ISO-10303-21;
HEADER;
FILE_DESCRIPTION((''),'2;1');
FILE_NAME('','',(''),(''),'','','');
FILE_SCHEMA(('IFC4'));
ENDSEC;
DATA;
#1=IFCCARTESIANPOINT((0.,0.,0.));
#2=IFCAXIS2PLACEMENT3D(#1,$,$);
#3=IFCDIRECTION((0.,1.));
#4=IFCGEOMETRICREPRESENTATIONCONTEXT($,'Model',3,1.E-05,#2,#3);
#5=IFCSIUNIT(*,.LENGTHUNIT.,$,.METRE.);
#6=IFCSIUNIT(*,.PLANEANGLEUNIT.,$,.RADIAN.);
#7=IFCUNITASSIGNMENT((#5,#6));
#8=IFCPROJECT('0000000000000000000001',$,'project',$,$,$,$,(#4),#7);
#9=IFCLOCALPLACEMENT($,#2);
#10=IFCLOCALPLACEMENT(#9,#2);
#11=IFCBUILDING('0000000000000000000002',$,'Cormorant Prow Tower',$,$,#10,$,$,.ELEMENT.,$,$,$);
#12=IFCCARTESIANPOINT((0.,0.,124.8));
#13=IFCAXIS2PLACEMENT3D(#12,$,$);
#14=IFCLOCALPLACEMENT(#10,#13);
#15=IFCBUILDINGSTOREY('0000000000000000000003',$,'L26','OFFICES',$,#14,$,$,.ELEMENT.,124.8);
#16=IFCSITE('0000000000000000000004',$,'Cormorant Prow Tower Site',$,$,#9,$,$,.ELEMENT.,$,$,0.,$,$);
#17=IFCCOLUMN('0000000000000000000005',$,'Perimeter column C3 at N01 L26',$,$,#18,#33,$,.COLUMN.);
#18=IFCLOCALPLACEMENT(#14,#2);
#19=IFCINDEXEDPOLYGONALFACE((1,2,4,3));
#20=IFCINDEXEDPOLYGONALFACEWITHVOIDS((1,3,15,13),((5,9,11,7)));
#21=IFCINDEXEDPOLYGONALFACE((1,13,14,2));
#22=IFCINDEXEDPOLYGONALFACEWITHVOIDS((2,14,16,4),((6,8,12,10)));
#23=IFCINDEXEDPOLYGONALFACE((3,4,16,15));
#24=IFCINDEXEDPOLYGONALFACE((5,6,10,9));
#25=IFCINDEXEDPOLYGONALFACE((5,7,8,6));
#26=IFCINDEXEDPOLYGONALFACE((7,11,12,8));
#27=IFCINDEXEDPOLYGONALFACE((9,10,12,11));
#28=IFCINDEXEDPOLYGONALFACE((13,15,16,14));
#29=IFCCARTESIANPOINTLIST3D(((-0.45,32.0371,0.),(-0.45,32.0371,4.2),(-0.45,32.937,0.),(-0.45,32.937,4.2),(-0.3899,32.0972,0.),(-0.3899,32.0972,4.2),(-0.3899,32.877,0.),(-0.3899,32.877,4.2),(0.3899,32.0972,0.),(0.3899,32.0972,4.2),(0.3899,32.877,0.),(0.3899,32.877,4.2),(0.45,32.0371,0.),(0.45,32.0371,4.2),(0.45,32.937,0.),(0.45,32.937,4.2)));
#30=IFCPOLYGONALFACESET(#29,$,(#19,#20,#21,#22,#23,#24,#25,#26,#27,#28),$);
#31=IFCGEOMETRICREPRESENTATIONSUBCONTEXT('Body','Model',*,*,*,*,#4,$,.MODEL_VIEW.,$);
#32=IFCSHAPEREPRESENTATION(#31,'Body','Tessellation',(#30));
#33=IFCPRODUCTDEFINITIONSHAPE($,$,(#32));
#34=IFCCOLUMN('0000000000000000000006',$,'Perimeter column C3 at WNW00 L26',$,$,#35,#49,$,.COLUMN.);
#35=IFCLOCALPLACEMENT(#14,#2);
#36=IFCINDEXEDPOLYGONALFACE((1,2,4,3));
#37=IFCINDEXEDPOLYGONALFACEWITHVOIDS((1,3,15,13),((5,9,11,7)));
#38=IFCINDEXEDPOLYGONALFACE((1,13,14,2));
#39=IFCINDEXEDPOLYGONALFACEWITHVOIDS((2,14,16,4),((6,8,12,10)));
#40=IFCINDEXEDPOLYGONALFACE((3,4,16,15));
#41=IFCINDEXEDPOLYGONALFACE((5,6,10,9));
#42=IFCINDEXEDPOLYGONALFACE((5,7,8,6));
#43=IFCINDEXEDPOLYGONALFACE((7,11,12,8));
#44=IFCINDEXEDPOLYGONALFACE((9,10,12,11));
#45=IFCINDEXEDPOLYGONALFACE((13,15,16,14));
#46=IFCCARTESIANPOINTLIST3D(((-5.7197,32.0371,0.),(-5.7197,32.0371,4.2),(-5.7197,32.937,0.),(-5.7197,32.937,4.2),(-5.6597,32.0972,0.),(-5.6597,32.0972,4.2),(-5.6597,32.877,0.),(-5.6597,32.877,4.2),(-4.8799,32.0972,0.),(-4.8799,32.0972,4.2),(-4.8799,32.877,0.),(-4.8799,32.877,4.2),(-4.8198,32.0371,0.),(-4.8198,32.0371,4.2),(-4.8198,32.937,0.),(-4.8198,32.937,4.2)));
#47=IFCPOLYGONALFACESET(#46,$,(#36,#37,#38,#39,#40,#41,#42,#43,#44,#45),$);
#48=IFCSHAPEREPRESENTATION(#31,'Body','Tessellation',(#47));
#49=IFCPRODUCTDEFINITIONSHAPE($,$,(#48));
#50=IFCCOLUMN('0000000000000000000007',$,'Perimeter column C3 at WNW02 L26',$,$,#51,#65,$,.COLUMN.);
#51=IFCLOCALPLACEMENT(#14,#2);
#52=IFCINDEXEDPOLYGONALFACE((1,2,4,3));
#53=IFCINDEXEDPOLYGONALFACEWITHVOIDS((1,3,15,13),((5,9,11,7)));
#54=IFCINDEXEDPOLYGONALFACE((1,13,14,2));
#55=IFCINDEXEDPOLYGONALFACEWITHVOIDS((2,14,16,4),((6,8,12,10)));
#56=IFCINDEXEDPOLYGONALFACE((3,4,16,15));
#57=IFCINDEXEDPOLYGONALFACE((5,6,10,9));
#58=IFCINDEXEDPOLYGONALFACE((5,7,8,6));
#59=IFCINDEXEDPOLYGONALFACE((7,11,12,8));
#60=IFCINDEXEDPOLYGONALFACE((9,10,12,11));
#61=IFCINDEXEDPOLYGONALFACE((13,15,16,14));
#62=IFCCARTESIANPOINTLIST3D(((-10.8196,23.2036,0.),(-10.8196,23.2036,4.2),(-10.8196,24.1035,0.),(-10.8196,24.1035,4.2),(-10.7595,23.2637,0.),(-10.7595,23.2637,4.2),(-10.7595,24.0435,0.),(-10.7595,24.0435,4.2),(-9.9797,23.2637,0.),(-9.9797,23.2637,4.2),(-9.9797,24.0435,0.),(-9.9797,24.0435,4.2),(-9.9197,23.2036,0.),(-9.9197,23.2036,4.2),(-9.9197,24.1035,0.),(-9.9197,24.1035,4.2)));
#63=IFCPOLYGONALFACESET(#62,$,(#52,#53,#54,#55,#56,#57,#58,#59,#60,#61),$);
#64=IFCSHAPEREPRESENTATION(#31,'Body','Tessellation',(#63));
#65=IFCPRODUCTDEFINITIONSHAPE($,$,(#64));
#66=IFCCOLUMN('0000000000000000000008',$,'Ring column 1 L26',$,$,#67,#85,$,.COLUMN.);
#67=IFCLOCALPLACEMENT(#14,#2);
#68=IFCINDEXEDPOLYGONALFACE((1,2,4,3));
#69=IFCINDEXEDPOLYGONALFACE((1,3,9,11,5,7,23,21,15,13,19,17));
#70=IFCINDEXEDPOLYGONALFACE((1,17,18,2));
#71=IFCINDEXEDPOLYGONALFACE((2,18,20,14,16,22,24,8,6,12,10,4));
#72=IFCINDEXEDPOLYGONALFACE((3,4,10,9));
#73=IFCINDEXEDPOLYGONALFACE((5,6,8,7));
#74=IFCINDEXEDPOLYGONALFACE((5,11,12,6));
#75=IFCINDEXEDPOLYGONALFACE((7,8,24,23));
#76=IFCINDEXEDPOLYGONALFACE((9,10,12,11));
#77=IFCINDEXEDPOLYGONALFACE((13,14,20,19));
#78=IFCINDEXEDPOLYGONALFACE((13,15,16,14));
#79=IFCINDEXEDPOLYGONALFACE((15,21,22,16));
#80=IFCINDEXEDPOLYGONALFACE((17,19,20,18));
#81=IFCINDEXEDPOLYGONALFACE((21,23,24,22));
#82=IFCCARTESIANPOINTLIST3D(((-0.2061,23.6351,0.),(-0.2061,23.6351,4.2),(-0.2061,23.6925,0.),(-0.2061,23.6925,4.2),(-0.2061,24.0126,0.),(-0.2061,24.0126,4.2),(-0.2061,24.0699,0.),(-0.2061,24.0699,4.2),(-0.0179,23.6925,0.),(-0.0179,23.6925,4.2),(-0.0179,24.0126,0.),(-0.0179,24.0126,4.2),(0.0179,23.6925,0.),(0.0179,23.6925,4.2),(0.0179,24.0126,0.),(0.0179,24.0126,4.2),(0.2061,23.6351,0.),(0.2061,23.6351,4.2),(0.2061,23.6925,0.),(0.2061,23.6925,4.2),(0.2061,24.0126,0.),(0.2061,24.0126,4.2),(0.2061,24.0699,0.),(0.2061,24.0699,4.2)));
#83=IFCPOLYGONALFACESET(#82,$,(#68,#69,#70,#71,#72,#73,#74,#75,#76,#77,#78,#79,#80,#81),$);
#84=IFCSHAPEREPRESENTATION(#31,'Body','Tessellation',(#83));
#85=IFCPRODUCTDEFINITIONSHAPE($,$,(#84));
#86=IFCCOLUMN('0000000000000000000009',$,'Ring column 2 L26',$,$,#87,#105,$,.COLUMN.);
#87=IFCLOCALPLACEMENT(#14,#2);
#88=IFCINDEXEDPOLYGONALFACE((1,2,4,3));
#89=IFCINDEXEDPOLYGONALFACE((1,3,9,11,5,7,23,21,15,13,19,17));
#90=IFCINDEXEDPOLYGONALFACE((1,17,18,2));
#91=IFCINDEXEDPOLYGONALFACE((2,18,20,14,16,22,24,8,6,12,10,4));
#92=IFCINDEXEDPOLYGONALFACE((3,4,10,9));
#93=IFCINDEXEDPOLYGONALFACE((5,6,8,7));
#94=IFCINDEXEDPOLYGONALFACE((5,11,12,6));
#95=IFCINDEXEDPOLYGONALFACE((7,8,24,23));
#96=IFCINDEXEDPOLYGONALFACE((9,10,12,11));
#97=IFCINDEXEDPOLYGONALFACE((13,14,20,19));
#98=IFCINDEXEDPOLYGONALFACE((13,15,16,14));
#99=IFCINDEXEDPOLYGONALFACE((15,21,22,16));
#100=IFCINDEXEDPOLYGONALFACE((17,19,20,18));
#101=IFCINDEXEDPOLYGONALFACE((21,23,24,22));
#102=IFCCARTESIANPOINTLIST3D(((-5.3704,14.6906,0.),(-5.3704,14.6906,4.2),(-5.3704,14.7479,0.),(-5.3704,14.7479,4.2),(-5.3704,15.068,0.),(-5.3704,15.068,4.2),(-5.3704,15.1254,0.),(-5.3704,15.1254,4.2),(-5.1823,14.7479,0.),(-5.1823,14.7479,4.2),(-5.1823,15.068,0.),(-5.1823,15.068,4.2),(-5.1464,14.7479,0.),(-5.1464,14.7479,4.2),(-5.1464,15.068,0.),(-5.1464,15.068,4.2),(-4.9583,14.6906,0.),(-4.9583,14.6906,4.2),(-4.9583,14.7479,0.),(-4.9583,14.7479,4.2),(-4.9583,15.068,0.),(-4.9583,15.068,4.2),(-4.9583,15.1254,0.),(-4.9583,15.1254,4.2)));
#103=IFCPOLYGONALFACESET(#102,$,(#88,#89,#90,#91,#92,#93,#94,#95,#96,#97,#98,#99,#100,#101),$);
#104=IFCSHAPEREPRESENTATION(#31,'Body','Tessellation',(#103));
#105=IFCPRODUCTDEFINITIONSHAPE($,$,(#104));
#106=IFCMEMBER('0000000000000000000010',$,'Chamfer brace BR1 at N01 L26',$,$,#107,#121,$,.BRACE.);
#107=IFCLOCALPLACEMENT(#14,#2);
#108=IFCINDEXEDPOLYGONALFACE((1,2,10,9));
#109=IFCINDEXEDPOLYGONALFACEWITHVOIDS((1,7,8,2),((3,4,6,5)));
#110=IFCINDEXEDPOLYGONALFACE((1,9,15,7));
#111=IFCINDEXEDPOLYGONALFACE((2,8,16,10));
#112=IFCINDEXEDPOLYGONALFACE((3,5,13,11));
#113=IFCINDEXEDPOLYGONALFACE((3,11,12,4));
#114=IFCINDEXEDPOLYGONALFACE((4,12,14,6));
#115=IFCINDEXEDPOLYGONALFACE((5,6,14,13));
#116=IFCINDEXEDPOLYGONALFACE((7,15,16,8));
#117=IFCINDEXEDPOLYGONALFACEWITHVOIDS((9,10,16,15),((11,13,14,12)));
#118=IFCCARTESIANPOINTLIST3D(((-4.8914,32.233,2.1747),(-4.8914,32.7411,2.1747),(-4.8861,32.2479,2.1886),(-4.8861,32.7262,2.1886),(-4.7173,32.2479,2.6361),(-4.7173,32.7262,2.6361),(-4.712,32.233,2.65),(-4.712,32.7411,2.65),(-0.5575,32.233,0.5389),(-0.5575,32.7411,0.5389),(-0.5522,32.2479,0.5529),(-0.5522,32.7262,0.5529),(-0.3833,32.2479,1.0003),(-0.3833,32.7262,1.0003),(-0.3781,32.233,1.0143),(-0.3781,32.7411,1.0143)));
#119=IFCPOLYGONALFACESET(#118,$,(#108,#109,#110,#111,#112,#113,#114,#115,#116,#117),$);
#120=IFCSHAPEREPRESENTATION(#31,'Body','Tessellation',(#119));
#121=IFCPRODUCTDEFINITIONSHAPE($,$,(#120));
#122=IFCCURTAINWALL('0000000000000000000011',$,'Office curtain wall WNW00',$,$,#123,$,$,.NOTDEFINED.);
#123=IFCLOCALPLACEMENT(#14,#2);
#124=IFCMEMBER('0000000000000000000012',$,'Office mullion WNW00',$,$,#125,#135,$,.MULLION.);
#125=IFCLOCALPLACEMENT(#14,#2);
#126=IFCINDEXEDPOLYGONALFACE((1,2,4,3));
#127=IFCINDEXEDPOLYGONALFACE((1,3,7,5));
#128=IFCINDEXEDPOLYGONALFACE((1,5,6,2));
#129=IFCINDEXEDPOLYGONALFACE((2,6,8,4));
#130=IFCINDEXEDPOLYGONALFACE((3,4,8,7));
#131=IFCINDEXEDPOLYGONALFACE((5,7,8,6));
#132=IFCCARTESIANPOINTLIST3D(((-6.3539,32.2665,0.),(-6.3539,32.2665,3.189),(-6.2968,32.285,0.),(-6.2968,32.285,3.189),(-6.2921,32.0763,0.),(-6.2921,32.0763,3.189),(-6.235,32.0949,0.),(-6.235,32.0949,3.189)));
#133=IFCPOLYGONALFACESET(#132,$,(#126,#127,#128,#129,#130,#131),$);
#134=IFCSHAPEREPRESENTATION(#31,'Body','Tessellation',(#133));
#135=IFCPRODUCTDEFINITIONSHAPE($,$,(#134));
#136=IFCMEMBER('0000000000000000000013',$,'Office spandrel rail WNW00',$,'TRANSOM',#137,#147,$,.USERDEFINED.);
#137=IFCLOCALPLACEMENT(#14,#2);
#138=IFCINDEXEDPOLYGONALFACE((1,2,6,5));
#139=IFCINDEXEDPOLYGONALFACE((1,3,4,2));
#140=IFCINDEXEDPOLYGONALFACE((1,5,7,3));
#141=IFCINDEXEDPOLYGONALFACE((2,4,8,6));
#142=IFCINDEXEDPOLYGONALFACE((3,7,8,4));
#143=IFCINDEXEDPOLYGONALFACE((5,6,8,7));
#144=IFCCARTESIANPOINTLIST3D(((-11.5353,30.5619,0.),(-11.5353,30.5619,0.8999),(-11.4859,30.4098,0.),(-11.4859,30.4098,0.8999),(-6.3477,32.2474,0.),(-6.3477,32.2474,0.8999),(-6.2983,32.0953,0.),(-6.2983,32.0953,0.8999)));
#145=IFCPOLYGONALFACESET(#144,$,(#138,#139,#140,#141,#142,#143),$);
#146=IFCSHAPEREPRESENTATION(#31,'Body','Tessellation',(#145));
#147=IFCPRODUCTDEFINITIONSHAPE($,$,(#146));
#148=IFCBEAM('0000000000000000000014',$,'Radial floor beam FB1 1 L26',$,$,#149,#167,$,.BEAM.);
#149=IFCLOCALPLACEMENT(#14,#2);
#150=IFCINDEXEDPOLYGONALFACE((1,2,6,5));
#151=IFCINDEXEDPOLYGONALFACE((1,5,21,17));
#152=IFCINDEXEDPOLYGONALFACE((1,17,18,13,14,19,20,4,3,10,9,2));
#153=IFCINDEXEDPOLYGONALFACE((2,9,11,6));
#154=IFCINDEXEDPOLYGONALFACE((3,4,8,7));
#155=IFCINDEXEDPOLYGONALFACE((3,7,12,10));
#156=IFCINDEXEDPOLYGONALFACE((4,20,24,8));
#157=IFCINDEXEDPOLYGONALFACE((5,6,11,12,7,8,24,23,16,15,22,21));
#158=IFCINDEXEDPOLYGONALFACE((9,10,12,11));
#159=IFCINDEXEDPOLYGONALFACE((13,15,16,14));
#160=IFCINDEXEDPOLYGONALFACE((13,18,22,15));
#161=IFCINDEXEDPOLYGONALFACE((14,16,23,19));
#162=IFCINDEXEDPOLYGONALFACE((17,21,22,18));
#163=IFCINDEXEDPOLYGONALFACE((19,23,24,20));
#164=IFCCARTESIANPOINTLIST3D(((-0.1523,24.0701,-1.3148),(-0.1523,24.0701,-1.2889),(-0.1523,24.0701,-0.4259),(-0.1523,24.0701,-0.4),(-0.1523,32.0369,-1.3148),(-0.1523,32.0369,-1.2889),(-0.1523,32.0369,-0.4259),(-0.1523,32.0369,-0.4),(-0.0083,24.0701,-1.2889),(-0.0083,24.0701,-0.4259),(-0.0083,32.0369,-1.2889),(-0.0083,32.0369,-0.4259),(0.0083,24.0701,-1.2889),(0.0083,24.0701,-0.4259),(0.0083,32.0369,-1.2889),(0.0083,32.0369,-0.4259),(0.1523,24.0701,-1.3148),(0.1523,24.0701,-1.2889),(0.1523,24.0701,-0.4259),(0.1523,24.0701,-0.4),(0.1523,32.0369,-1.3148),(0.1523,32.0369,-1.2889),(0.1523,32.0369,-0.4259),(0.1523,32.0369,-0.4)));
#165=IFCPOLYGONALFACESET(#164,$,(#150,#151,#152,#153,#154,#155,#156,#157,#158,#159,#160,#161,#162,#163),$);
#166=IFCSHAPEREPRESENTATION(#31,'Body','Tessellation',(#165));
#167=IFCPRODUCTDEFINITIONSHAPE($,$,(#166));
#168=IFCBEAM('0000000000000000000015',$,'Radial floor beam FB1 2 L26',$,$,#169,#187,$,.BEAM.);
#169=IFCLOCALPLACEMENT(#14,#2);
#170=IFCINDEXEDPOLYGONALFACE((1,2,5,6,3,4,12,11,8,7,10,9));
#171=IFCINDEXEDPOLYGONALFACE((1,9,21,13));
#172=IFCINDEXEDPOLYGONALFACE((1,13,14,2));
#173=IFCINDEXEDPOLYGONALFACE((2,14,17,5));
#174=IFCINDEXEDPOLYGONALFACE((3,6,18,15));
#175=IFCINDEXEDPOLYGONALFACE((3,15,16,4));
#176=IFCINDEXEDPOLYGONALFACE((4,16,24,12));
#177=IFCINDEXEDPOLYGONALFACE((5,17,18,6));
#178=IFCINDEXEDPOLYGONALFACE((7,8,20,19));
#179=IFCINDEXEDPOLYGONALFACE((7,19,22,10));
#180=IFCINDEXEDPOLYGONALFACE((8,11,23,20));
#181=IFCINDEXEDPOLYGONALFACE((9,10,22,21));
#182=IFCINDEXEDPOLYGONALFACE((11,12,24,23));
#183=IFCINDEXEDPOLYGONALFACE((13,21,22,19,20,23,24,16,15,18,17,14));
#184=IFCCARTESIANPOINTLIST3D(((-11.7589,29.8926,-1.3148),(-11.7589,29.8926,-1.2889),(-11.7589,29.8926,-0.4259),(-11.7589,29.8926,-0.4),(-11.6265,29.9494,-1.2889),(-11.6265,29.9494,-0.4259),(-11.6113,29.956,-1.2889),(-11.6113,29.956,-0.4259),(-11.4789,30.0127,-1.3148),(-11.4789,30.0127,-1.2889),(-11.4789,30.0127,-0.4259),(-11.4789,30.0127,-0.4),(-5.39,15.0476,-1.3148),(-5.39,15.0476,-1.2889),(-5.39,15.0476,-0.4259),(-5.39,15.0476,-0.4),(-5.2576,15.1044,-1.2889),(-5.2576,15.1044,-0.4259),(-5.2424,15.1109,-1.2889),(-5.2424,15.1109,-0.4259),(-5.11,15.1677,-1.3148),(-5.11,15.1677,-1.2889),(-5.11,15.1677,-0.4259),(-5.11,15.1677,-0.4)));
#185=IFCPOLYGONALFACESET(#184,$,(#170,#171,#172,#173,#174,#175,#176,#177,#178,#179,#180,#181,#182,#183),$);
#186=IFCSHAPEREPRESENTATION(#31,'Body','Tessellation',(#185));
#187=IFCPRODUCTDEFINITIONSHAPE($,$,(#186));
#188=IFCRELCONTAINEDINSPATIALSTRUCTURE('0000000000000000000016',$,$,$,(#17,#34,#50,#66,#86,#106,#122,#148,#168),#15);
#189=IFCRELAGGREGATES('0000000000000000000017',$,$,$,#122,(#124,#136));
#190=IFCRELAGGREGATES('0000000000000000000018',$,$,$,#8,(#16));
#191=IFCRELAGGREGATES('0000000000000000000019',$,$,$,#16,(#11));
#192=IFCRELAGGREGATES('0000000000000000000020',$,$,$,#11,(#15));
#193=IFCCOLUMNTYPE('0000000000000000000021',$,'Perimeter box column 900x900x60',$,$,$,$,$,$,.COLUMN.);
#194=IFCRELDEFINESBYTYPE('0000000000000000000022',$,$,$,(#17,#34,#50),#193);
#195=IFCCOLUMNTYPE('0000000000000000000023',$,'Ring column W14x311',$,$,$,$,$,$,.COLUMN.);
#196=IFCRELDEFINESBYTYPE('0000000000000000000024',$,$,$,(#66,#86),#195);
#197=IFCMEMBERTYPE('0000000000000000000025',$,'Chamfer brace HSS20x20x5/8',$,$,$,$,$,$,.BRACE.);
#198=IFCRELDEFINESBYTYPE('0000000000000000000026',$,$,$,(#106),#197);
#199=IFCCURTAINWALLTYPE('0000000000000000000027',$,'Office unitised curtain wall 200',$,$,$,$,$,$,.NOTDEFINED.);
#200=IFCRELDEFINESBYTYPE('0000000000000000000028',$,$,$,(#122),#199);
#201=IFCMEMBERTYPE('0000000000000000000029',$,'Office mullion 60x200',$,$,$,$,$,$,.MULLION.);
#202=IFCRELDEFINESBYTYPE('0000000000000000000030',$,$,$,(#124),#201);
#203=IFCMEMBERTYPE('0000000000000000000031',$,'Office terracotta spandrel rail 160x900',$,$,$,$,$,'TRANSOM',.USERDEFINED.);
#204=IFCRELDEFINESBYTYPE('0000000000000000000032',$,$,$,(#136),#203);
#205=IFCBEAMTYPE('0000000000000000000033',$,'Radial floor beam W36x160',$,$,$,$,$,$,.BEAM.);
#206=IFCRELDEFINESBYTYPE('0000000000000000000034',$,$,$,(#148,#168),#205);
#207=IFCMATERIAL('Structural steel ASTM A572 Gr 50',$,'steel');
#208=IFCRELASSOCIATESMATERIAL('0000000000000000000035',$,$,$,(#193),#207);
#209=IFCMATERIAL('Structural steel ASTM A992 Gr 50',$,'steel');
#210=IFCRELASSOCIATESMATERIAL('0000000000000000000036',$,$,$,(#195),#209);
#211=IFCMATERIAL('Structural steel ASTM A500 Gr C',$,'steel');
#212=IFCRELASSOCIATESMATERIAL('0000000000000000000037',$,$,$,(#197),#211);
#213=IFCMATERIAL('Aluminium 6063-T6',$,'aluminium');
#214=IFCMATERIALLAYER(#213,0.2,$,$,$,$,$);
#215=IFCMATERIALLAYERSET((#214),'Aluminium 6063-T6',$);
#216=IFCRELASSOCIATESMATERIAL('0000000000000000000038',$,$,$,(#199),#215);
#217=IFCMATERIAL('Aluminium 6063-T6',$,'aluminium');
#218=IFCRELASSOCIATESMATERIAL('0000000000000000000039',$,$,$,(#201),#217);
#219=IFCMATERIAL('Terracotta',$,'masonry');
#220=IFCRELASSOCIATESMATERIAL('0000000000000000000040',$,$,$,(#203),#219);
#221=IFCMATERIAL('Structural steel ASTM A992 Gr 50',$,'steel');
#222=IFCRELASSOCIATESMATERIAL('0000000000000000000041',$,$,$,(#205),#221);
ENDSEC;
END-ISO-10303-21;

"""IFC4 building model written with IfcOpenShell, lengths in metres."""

from ifc_helpers import new_model, si_unit, direction, frame, origin, origin_2d, place, context, subcontext, project, spatial, rectangle, hollow_rectangle, i_section, extrude, material, layer, layer_set, material_profile, profile_set, type_object, element, aggregate, save


model = new_model("IFC4")

# Units and contexts
model_context = context("Model", 3, precision=1e-05, world=origin(), true_north=direction((0.0, 1.0)))
body_context = subcontext(model_context, "Body", "Model", "MODEL_VIEW")
ifc_project = project(units=[si_unit("LENGTHUNIT", "METRE"), si_unit("PLANEANGLEUNIT", "RADIAN")], contexts=[model_context])

# Site, building, storey
site_placement = place(None, origin())
site = spatial("IfcSite", under=ifc_project, at=site_placement, Name="Cormorant Prow Tower Site", CompositionType="ELEMENT", RefElevation=0.0)
building_placement = place(site_placement, origin())
building = spatial("IfcBuilding", under=site, at=building_placement, Name="Cormorant Prow Tower", CompositionType="ELEMENT")
storey_placement = place(building_placement, frame((0.0, 0.0, 124.8)))
storey = spatial("IfcBuildingStorey", under=building, at=storey_placement, Name="L26", Description="OFFICES", CompositionType="ELEMENT", Elevation=124.8)

# Columns
ifc_material_1 = material(Name="Structural steel ASTM A572 Gr 50", Category="steel")
ifc_material_profile_1 = material_profile(ifc_material_1, hollow_rectangle(XDim=0.8999, YDim=0.8999, WallThickness=0.0601, at=origin_2d()), Name="Box 900x900x60")
ifc_profile_set_1 = profile_set([ifc_material_profile_1], Name="Structural steel ASTM A572 Gr 50")
column_type_1 = type_object("IfcColumnType", Name="Perimeter box column 900x900x60", PredefinedType="COLUMN", material=ifc_profile_set_1)
for number, where, z_axis, x_axis, name in (
    (1, (0.0, 32.4871, 0.0), (0.0, 0.0, 1.0), (1.0, 0.0, 0.0), "Perimeter column C3 at N01 L26"),
    (2, (-5.2698, 32.4871, 0.0), (0.0, 0.0, 1.0), (1.0, 0.0, 0.0), "Perimeter column C3 at WNW00 L26"),
    (3, (-10.3696, 23.6536, 0.0), (0.0, 0.0, 1.0), (1.0, 0.0, 0.0), "Perimeter column C3 at WNW02 L26"),
):
    element("IfcColumn", number, at=place(storey_placement, frame(where, z_axis=z_axis, x_axis=x_axis)), inside=storey, type_object=column_type_1, Name=name, PredefinedType="COLUMN", context=body_context, shape_type="SweptSolid", body=[
        extrude(hollow_rectangle(XDim=0.8999, YDim=0.8999, WallThickness=0.0601, at=origin_2d()), origin(), (0.0, 0.0, 1.0), 4.2),
    ])
ifc_material_2 = material(Name="Structural steel ASTM A992 Gr 50", Category="steel")
ifc_material_profile_2 = material_profile(ifc_material_2, i_section(OverallWidth=0.4121, OverallDepth=0.4348, WebThickness=0.0359, FlangeThickness=0.0574, at=origin_2d()), Name="W14x311")
ifc_profile_set_2 = profile_set([ifc_material_profile_2], Name="Structural steel ASTM A992 Gr 50")
column_type_2 = type_object("IfcColumnType", Name="Ring column W14x311", PredefinedType="COLUMN", material=ifc_profile_set_2)
for number, where, z_axis, x_axis, name in (
    (4, (0.0, 23.8525, 0.0), (0.0, 0.0, 1.0), (1.0, 0.0, 0.0), "Ring column 1 L26"),
    (5, (-5.1643, 14.908, 0.0), (0.0, 0.0, 1.0), (1.0, 0.0, 0.0), "Ring column 2 L26"),
):
    element("IfcColumn", number, at=place(storey_placement, frame(where, z_axis=z_axis, x_axis=x_axis)), inside=storey, type_object=column_type_2, Name=name, PredefinedType="COLUMN", context=body_context, shape_type="SweptSolid", body=[
        extrude(i_section(OverallWidth=0.4121, OverallDepth=0.4348, WebThickness=0.0359, FlangeThickness=0.0574, at=origin_2d()), origin(), (0.0, 0.0, 1.0), 4.2),
    ])

# Member
ifc_material_3 = material(Name="Structural steel ASTM A500 Gr C", Category="steel")
ifc_material_profile_3 = material_profile(ifc_material_3, hollow_rectangle(XDim=0.5081, YDim=0.5081, WallThickness=0.0149, at=origin_2d()), Name="HSS20x20x5/8")
ifc_profile_set_3 = profile_set([ifc_material_profile_3], Name="Structural steel ASTM A500 Gr C")
member_type_1 = type_object("IfcMemberType", Name="Chamfer brace HSS20x20x5/8", PredefinedType="BRACE", material=ifc_profile_set_3)
member_1_placement = place(storey_placement, frame((-0.4678, 32.4871, 0.7766), z_axis=(-0.935582, 0.0, 0.353109), x_axis=(0.0, -1.0, 0.0)))
element("IfcMember", 6, at=member_1_placement, inside=storey, type_object=member_type_1, Name="Chamfer brace BR1 at N01 L26", PredefinedType="BRACE", context=body_context, shape_type="SweptSolid", body=[
    extrude(hollow_rectangle(XDim=0.5081, YDim=0.5081, WallThickness=0.0149, at=origin_2d()), origin(), (0.0, 0.0, 1.0), 4.6323),
])

# Curtain wall, members
ifc_material_4 = material(Name="Aluminium 6063-T6", Category="aluminium")
ifc_layer_1 = layer(ifc_material_4, 0.2)
ifc_layer_set_1 = layer_set([ifc_layer_1], Name="Aluminium 6063-T6")
curtain_wall_type = type_object("IfcCurtainWallType", Name="Office unitised curtain wall 200", PredefinedType="NOTDEFINED", material=ifc_layer_set_1)
curtain_wall_placement = place(storey_placement, origin())
curtain_wall = element("IfcCurtainWall", 7, at=curtain_wall_placement, inside=storey, type_object=curtain_wall_type, Name="Office curtain wall WNW00", PredefinedType="NOTDEFINED")
ifc_material_5 = material(Name="Aluminium 6063-T6", Category="aluminium")
ifc_material_profile_4 = material_profile(ifc_material_5, rectangle(XDim=0.2, YDim=0.0601, at=origin_2d()), Name="Office mullion 60x200")
ifc_profile_set_4 = profile_set([ifc_material_profile_4], Name="Aluminium 6063-T6")
member_type_2 = type_object("IfcMemberType", Name="Office mullion 60x200", PredefinedType="MULLION", material=ifc_profile_set_4)
member_2_placement = place(storey_placement, frame((-6.2944, 32.1807, 0.0), z_axis=(0.0, 0.0, 1.0), x_axis=(0.309017, -0.951057, 0.0)))
member_2 = element("IfcMember", 8, at=member_2_placement, type_object=member_type_2, Name="Office mullion WNW00", PredefinedType="MULLION", context=body_context, shape_type="SweptSolid", body=[
    extrude(rectangle(XDim=0.2, YDim=0.0601, at=origin_2d()), origin(), (0.0, 0.0, 1.0), 3.189),
])
ifc_material_6 = material(Name="Terracotta", Category="masonry")
ifc_material_profile_5 = material_profile(ifc_material_6, rectangle(XDim=0.1599, YDim=0.8999, at=origin_2d()), Name="Office terracotta spandrel rail 160x900")
ifc_profile_set_5 = profile_set([ifc_material_profile_5], Name="Terracotta")
member_type_3 = type_object("IfcMemberType", Name="Office terracotta spandrel rail 160x900", ElementType="TRANSOM", PredefinedType="USERDEFINED", material=ifc_profile_set_5)
member_3_placement = place(storey_placement, frame((-6.323, 32.1714, 0.45), z_axis=(-0.951059, -0.309008, 0.0), x_axis=(0.309008, -0.951059, 0.0)))
member_3 = element("IfcMember", 9, at=member_3_placement, type_object=member_type_3, Name="Office spandrel rail WNW00", ObjectType="TRANSOM", PredefinedType="USERDEFINED", context=body_context, shape_type="SweptSolid", body=[
    extrude(rectangle(XDim=0.1599, YDim=0.8999, at=origin_2d()), origin(), (0.0, 0.0, 1.0), 5.4546),
])

# Beams
ifc_material_7 = material(Name="Structural steel ASTM A992 Gr 50", Category="steel")
ifc_material_profile_6 = material_profile(ifc_material_7, i_section(OverallWidth=0.3047, OverallDepth=0.9148, WebThickness=0.0166, FlangeThickness=0.0259, at=origin_2d()), Name="W36x160")
ifc_profile_set_6 = profile_set([ifc_material_profile_6], Name="Structural steel ASTM A992 Gr 50")
beam_type_1 = type_object("IfcBeamType", Name="Radial floor beam W36x160", PredefinedType="BEAM", material=ifc_profile_set_6)
beam_1_placement = place(storey_placement, frame((0.0, 24.0701, -0.8574), z_axis=(0.0, 1.0, 0.0), x_axis=(-1.0, 0.0, 0.0)))
element("IfcBeam", 10, at=beam_1_placement, inside=storey, type_object=beam_type_1, Name="Radial floor beam FB1 1 L26", PredefinedType="BEAM", context=body_context, shape_type="SweptSolid", body=[
    extrude(i_section(OverallWidth=0.3047, OverallDepth=0.9148, WebThickness=0.0166, FlangeThickness=0.0259, at=origin_2d()), origin(), (0.0, 0.0, 1.0), 7.9668),
])
beam_2_placement = place(storey_placement, frame((-5.25, 15.1077, -0.8574), z_axis=(-0.394273, 0.918993, 0.0), x_axis=(-0.918993, -0.394273, 0.0)))
element("IfcBeam", 11, at=beam_2_placement, inside=storey, type_object=beam_type_1, Name="Radial floor beam FB1 2 L26", PredefinedType="BEAM", context=body_context, shape_type="SweptSolid", body=[
    extrude(i_section(OverallWidth=0.3047, OverallDepth=0.9148, WebThickness=0.0166, FlangeThickness=0.0259, at=origin_2d()), origin(), (0.0, 0.0, 1.0), 16.1536),
])

aggregate(curtain_wall, [member_2, member_3])

save(model, "model.ifc")
